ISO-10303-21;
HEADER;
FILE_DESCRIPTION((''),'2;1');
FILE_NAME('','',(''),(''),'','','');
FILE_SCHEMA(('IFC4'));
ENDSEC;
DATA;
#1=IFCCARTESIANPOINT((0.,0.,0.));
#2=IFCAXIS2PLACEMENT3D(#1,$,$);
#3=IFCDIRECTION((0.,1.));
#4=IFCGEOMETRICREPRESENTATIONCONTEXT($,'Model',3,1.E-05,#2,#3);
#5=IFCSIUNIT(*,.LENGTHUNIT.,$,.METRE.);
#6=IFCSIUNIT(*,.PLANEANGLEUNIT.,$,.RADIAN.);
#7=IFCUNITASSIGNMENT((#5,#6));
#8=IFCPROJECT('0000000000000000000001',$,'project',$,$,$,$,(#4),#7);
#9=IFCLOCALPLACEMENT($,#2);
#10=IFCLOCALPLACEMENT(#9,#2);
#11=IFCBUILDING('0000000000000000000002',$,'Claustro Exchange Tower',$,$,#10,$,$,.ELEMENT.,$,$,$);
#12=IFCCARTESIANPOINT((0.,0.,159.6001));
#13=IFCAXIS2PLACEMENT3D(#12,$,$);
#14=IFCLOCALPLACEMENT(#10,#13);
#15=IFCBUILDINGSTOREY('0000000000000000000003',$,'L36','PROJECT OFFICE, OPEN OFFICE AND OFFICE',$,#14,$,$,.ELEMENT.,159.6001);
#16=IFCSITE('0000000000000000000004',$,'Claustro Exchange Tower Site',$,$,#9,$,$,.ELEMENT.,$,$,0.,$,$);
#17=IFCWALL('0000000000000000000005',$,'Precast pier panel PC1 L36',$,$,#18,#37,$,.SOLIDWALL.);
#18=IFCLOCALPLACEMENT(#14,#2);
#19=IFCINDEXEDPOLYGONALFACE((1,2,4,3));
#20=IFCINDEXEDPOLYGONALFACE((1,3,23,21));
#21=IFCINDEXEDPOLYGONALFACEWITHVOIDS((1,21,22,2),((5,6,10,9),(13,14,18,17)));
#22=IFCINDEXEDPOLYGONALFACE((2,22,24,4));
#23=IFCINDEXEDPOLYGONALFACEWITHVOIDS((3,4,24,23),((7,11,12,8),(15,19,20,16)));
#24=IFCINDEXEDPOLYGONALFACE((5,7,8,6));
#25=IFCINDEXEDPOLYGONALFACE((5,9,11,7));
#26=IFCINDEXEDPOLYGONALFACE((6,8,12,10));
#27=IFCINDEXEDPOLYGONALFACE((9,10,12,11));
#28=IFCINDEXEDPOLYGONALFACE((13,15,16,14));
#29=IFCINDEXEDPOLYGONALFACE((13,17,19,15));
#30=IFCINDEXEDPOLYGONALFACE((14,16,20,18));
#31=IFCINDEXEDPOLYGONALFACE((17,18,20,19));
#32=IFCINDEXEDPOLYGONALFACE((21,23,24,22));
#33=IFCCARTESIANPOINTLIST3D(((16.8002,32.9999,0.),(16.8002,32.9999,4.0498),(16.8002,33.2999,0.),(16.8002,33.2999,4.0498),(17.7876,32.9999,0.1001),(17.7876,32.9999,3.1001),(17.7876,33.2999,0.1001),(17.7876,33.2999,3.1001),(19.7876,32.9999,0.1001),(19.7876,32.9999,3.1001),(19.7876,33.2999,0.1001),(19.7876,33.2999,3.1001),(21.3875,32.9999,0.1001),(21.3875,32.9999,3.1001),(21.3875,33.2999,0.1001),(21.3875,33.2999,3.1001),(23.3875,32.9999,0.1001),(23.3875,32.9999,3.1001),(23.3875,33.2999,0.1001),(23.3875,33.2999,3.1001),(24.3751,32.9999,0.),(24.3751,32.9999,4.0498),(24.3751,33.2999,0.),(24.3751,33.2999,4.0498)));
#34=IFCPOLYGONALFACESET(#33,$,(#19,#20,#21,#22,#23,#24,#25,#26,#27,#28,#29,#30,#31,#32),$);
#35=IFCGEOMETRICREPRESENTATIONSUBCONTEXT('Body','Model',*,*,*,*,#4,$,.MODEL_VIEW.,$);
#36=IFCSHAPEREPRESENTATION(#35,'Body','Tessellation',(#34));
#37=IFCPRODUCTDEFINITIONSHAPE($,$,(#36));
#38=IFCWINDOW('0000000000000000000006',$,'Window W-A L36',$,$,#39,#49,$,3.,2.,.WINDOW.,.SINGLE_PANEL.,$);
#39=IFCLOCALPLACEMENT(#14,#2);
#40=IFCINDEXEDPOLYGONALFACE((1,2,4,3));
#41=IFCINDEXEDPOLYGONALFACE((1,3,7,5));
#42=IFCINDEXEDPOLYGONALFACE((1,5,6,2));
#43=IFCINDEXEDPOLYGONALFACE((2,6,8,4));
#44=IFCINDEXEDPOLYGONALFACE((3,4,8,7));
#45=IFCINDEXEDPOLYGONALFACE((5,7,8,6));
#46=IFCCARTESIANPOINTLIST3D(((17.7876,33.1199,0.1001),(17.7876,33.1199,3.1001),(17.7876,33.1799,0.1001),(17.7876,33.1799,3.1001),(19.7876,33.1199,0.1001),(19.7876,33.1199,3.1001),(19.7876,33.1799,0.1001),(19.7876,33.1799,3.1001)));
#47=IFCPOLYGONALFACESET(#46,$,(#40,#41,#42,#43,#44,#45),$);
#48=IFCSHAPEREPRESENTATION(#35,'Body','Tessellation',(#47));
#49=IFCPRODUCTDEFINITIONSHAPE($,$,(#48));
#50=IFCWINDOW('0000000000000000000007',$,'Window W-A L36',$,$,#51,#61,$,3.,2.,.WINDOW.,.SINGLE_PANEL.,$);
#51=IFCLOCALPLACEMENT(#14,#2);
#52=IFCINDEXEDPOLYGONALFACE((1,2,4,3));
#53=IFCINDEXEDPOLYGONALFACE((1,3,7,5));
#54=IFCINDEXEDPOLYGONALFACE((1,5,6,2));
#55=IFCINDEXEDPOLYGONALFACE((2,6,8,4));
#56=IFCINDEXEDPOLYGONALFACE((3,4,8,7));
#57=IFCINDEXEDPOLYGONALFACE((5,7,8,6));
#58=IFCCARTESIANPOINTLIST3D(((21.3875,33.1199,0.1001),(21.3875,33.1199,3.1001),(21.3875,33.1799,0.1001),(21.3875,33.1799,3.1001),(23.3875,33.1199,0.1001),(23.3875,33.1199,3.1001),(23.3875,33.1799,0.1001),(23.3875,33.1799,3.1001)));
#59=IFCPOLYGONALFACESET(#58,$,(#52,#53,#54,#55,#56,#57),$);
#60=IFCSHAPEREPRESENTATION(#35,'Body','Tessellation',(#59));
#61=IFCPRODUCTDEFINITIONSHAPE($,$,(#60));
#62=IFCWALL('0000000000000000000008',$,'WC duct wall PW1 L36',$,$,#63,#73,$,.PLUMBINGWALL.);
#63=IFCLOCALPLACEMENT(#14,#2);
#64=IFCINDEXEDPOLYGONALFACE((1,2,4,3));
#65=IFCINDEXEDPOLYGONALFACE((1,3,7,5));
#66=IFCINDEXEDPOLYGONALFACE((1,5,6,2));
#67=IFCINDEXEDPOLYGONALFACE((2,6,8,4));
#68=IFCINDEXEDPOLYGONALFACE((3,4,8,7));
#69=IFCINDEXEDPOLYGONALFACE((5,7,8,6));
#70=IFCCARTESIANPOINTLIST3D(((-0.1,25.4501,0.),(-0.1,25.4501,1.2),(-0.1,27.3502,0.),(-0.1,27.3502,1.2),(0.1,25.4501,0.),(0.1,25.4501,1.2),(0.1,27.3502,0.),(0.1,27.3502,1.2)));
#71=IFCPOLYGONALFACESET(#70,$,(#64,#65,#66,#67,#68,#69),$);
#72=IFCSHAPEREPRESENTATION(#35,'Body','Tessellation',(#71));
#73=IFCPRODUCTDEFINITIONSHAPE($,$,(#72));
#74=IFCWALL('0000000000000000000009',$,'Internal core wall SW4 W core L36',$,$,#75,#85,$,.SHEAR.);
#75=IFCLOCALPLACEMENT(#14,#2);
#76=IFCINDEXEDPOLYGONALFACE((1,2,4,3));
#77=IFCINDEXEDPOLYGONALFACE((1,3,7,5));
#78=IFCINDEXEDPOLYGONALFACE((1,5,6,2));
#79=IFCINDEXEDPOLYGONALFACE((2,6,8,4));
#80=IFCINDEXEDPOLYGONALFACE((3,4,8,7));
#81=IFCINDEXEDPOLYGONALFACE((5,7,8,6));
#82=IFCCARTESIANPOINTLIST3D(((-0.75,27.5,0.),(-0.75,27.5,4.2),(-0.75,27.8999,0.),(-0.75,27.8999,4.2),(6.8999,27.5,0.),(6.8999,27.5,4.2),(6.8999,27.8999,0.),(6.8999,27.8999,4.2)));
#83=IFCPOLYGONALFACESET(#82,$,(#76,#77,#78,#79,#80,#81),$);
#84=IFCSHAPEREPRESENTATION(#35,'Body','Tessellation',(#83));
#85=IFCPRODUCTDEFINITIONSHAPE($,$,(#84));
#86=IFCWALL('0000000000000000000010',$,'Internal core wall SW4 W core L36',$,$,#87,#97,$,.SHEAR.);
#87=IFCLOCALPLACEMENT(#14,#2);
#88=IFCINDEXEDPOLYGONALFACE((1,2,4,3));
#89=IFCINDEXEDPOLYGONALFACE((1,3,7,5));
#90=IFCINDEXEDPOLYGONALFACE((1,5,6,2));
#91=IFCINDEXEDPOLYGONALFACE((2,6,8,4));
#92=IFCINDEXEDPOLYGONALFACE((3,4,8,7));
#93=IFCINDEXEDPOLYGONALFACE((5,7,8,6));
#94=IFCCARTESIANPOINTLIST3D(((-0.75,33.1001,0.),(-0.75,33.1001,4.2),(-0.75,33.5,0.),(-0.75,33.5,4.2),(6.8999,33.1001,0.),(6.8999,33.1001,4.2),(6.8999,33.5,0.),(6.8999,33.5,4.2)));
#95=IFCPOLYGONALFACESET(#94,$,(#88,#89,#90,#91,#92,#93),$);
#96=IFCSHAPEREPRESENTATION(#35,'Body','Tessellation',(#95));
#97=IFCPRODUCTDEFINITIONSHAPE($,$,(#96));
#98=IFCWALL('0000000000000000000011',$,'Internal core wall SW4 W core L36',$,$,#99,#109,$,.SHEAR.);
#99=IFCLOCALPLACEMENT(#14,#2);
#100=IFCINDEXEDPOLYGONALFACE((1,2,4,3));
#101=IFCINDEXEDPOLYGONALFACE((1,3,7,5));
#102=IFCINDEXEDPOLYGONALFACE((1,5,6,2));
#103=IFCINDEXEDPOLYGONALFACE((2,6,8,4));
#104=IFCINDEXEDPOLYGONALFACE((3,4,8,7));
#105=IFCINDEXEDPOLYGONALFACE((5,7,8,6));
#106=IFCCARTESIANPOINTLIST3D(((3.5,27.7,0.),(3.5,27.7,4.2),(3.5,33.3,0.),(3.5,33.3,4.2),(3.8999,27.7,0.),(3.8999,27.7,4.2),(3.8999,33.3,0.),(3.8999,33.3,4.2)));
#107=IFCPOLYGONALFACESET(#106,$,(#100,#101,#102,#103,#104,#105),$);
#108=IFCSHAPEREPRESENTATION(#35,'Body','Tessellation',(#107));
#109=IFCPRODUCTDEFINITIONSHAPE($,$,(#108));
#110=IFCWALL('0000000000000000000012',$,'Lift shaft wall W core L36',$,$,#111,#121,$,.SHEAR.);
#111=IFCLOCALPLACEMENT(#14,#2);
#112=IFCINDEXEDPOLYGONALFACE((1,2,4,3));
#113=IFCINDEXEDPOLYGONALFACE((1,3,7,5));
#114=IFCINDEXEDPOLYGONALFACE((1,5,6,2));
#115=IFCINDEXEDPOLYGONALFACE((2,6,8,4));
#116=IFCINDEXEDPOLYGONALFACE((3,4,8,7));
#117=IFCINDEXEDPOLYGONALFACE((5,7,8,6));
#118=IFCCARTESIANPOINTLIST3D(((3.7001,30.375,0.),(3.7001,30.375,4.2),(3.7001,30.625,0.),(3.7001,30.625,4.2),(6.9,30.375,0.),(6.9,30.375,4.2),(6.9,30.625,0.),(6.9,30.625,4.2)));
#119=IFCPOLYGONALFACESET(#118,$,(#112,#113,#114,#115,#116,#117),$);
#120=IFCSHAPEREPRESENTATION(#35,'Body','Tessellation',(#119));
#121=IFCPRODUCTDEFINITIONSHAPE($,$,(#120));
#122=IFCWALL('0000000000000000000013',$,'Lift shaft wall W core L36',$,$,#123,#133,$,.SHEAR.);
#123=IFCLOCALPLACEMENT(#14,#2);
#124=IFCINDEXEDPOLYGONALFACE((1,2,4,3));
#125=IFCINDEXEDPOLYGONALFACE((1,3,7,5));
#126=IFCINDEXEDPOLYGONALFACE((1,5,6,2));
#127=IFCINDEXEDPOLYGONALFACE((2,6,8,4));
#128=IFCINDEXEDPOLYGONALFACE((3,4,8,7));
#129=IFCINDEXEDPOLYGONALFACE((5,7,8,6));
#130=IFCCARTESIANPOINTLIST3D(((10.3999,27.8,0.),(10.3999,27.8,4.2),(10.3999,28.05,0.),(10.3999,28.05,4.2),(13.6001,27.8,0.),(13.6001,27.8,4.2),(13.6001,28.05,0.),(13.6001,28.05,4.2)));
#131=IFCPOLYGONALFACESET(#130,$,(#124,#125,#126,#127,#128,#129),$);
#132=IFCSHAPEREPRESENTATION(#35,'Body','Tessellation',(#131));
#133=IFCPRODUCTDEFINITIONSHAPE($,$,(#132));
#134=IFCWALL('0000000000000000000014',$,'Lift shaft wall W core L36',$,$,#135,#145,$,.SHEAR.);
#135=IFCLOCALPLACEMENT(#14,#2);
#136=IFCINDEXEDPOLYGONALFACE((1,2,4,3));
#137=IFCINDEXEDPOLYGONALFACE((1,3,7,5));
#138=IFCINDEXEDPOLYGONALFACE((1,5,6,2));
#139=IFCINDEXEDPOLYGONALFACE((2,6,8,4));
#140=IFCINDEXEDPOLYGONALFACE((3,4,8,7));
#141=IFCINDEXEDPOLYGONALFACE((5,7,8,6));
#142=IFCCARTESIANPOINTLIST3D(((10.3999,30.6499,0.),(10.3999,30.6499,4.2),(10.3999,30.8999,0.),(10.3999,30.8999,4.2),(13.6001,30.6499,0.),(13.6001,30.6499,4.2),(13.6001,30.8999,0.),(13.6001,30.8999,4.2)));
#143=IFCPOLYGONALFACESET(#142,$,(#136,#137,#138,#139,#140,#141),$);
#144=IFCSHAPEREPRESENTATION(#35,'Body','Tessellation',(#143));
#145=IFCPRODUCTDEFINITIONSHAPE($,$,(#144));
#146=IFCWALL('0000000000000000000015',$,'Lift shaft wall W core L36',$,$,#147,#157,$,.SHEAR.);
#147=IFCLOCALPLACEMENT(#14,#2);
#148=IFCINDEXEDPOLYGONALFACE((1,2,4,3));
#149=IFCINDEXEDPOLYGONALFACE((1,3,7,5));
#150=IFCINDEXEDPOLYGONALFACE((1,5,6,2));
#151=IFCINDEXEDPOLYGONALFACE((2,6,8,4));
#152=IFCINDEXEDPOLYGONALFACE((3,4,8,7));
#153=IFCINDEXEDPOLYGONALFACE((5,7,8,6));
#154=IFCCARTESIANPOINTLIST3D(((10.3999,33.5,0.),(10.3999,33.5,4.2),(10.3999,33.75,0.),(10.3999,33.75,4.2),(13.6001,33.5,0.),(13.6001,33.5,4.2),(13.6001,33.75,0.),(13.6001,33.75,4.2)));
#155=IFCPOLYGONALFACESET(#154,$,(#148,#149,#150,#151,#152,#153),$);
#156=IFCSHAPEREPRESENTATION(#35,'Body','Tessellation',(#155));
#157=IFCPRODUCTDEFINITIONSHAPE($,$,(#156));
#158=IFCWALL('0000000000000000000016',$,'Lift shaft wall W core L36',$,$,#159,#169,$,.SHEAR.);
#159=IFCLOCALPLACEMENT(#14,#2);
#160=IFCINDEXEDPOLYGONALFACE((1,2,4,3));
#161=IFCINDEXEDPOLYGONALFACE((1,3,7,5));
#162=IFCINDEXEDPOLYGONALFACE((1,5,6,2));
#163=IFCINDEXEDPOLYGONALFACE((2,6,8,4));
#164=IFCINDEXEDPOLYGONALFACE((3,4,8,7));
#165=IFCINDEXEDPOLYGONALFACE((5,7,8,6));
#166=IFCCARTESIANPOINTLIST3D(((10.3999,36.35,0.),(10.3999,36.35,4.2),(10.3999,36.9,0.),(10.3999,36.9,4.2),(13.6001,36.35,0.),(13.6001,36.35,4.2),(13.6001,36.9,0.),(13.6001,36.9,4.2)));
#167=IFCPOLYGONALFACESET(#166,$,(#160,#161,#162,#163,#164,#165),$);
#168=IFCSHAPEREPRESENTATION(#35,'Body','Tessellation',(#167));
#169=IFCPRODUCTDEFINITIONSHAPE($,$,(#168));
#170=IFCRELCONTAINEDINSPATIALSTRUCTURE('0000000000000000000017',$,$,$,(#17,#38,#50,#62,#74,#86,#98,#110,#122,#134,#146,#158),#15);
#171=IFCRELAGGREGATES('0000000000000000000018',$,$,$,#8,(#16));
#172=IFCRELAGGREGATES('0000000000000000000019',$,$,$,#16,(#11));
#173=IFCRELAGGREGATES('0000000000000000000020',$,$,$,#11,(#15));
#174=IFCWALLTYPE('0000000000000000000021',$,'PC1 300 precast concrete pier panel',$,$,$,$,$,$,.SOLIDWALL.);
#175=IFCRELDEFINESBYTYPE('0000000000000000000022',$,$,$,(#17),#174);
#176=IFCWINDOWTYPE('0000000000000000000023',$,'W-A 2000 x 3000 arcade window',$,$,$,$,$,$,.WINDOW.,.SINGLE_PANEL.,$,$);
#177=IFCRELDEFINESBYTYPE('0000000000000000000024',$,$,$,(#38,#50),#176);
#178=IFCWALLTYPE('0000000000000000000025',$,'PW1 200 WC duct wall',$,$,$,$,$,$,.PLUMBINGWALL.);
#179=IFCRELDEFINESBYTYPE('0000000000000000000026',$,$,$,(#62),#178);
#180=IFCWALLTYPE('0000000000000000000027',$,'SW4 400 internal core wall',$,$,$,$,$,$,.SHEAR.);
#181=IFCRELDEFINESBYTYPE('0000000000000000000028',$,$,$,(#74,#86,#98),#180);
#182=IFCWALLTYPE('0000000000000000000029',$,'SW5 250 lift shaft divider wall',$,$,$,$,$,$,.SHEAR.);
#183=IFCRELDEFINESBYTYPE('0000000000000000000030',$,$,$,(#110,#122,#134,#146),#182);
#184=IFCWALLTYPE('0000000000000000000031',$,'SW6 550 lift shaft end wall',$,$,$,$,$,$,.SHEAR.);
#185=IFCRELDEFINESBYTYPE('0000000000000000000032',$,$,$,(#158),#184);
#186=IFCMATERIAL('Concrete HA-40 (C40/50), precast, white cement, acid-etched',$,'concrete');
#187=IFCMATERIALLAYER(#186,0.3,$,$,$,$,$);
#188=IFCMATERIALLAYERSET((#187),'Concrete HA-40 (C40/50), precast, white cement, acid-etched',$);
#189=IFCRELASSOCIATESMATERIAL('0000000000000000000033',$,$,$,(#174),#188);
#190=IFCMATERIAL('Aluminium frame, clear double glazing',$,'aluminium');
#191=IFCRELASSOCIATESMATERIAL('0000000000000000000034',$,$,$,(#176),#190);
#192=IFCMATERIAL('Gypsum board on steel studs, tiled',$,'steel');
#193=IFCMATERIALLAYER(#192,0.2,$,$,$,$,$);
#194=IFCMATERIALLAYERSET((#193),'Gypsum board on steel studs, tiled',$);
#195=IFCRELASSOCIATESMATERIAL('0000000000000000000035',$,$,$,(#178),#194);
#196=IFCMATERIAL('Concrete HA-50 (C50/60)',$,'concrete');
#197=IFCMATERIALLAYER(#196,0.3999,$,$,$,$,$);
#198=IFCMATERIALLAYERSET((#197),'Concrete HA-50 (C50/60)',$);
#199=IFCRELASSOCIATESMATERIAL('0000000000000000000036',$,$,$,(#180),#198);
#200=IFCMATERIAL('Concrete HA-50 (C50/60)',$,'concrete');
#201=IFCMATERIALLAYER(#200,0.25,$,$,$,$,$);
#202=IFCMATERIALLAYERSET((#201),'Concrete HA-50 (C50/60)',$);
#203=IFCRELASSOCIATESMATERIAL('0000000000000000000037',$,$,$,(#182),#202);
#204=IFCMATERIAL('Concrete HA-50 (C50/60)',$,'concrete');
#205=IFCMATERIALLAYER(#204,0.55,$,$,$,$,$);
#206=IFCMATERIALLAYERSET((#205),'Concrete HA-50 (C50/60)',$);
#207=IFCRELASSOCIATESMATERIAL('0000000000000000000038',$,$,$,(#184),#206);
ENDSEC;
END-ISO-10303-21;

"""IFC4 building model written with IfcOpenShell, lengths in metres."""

from ifc_helpers import new_model, si_unit, direction, frame, frame_2d, origin, place, context, subcontext, project, spatial, rectangle, extrude, material, layer, layer_set, type_object, element, fill, save


model = new_model("IFC4")

# Units and contexts
model_context = context("Model", 3, precision=1e-05, world=origin(), true_north=direction((0.0, 1.0)))
body_context = subcontext(model_context, "Body", "Model", "MODEL_VIEW")
ifc_project = project(units=[si_unit("LENGTHUNIT", "METRE"), si_unit("PLANEANGLEUNIT", "RADIAN")], contexts=[model_context])

# Site, building, storey
site_placement = place(None, origin())
site = spatial("IfcSite", under=ifc_project, at=site_placement, Name="Claustro Exchange Tower Site", CompositionType="ELEMENT", RefElevation=0.0)
building_placement = place(site_placement, origin())
building = spatial("IfcBuilding", under=site, at=building_placement, Name="Claustro Exchange Tower", CompositionType="ELEMENT")
storey_placement = place(building_placement, frame((0.0, 0.0, 159.6001)))
storey = spatial("IfcBuildingStorey", under=building, at=storey_placement, Name="L36", Description="PROJECT OFFICE, OPEN OFFICE AND OFFICE", CompositionType="ELEMENT", Elevation=159.6001)

# Wall, openings, windows
ifc_material_1 = material(Name="Concrete HA-40 (C40/50), precast, white cement, acid-etched", Category="concrete")
ifc_layer_1 = layer(ifc_material_1, 0.3)
ifc_layer_set_1 = layer_set([ifc_layer_1], Name="Concrete HA-40 (C40/50), precast, white cement, acid-etched")
wall_type_1 = type_object("IfcWallType", Name="PC1 300 precast concrete pier panel", PredefinedType="SOLIDWALL", material=ifc_layer_set_1)
wall_1_placement = place(storey_placement, frame((16.8, 33.1499, 0.0), z_axis=(0.0, 0.0, 1.0), x_axis=(1.0, 0.0, 0.0)))
wall_1 = element("IfcWall", 1, at=wall_1_placement, inside=storey, type_object=wall_type_1, Name="Precast pier panel PC1 L36", PredefinedType="SOLIDWALL", context=body_context, shape_type="SweptSolid", body=[
    extrude(rectangle(XDim=7.575, YDim=0.3, at=frame_2d((3.7876, 0.0))), origin(), (0.0, 0.0, 1.0), 4.0498),
])
opening_1_placement = place(wall_1_placement, frame((0.9875, 0.0, 0.1001)))
opening_1 = element("IfcOpeningElement", 2, at=opening_1_placement, cuts=wall_1, PredefinedType="OPENING", context=body_context, shape_type="SweptSolid", body=[
    extrude(rectangle(XDim=2.0, YDim=3.0, at=frame_2d((1.0, 1.5))), frame((0.0, 0.1599, 0.0), z_axis=(0.0, -1.0, 0.0), x_axis=(1.0, 0.0, 0.0)), (0.0, 0.0, 1.0), 0.3201),
])
opening_2_placement = place(wall_1_placement, frame((4.5874, 0.0, 0.1001)))
opening_2 = element("IfcOpeningElement", 3, at=opening_2_placement, cuts=wall_1, PredefinedType="OPENING", context=body_context, shape_type="SweptSolid", body=[
    extrude(rectangle(XDim=2.0, YDim=3.0, at=frame_2d((1.0, 1.5))), frame((0.0, 0.1599, 0.0), z_axis=(0.0, -1.0, 0.0), x_axis=(1.0, 0.0, 0.0)), (0.0, 0.0, 1.0), 0.3201),
])
ifc_material_2 = material(Name="Aluminium frame, clear double glazing", Category="aluminium")
window_type = type_object("IfcWindowType", Name="W-A 2000 x 3000 arcade window", PartitioningType="SINGLE_PANEL", PredefinedType="WINDOW", material=ifc_material_2)
window_1_placement = place(opening_1_placement, origin())
window_1 = element("IfcWindow", 4, at=window_1_placement, inside=storey, type_object=window_type, Name="Window W-A L36", OverallHeight=3.0, OverallWidth=2.0, PartitioningType="SINGLE_PANEL", PredefinedType="WINDOW", context=body_context, shape_type="SweptSolid", body=[
    extrude(rectangle(XDim=2.0, YDim=3.0, at=frame_2d((1.0, 1.5))), frame((0.0, 0.03, 0.0), z_axis=(0.0, -1.0, 0.0), x_axis=(1.0, 0.0, 0.0)), (0.0, 0.0, 1.0), 0.0601),
])
fill(opening_1, window_1)
window_2_placement = place(opening_2_placement, origin())
window_2 = element("IfcWindow", 5, at=window_2_placement, inside=storey, type_object=window_type, Name="Window W-A L36", OverallHeight=3.0, OverallWidth=2.0, PartitioningType="SINGLE_PANEL", PredefinedType="WINDOW", context=body_context, shape_type="SweptSolid", body=[
    extrude(rectangle(XDim=2.0, YDim=3.0, at=frame_2d((1.0, 1.5))), frame((0.0, 0.03, 0.0), z_axis=(0.0, -1.0, 0.0), x_axis=(1.0, 0.0, 0.0)), (0.0, 0.0, 1.0), 0.0601),
])
fill(opening_2, window_2)

# Wall
ifc_material_3 = material(Name="Gypsum board on steel studs, tiled", Category="steel")
ifc_layer_2 = layer(ifc_material_3, 0.2)
ifc_layer_set_2 = layer_set([ifc_layer_2], Name="Gypsum board on steel studs, tiled")
wall_type_2 = type_object("IfcWallType", Name="PW1 200 WC duct wall", PredefinedType="PLUMBINGWALL", material=ifc_layer_set_2)
wall_2_placement = place(storey_placement, frame((0.0, 25.45, 0.0), z_axis=(0.0, 0.0, 1.0), x_axis=(0.0, 1.0, 0.0)))
element("IfcWall", 6, at=wall_2_placement, inside=storey, type_object=wall_type_2, Name="WC duct wall PW1 L36", PredefinedType="PLUMBINGWALL", context=body_context, shape_type="SweptSolid", body=[
    extrude(rectangle(XDim=1.9001, YDim=0.2, at=frame_2d((0.9502, 0.0))), origin(), (0.0, 0.0, 1.0), 1.2),
])

# Walls
ifc_material_4 = material(Name="Concrete HA-50 (C50/60)", Category="concrete")
ifc_layer_3 = layer(ifc_material_4, 0.3999)
ifc_layer_set_3 = layer_set([ifc_layer_3], Name="Concrete HA-50 (C50/60)")
wall_type_3 = type_object("IfcWallType", Name="SW4 400 internal core wall", PredefinedType="SHEAR", material=ifc_layer_set_3)
for number, where, z_axis, x_axis, name in (
    (7, (-0.75, 27.7, 0.0), (0.0, 0.0, 1.0), (1.0, 0.0, 0.0), "Internal core wall SW4 W core L36"),
    (8, (-0.75, 33.3, 0.0), (0.0, 0.0, 1.0), (1.0, 0.0, 0.0), "Internal core wall SW4 W core L36"),
):
    element("IfcWall", number, at=place(storey_placement, frame(where, z_axis=z_axis, x_axis=x_axis)), inside=storey, type_object=wall_type_3, Name=name, PredefinedType="SHEAR", context=body_context, shape_type="SweptSolid", body=[
        extrude(rectangle(XDim=7.6499, YDim=0.3999, at=frame_2d((3.825, 0.0))), origin(), (0.0, 0.0, 1.0), 4.2),
    ])
wall_3_placement = place(storey_placement, frame((3.7, 27.7, 0.0), z_axis=(0.0, 0.0, 1.0), x_axis=(0.0, 1.0, 0.0)))
element("IfcWall", 9, at=wall_3_placement, inside=storey, type_object=wall_type_3, Name="Internal core wall SW4 W core L36", PredefinedType="SHEAR", context=body_context, shape_type="SweptSolid", body=[
    extrude(rectangle(XDim=5.6001, YDim=0.3999, at=frame_2d((2.8, 0.0))), origin(), (0.0, 0.0, 1.0), 4.2),
])
ifc_material_5 = material(Name="Concrete HA-50 (C50/60)", Category="concrete")
ifc_layer_4 = layer(ifc_material_5, 0.25)
ifc_layer_set_4 = layer_set([ifc_layer_4], Name="Concrete HA-50 (C50/60)")
wall_type_4 = type_object("IfcWallType", Name="SW5 250 lift shaft divider wall", PredefinedType="SHEAR", material=ifc_layer_set_4)
wall_4_placement = place(storey_placement, frame((3.7, 30.5, 0.0), z_axis=(0.0, 0.0, 1.0), x_axis=(1.0, 0.0, 0.0)))
element("IfcWall", 10, at=wall_4_placement, inside=storey, type_object=wall_type_4, Name="Lift shaft wall W core L36", PredefinedType="SHEAR", context=body_context, shape_type="SweptSolid", body=[
    extrude(rectangle(XDim=3.2, YDim=0.25, at=frame_2d((1.6001, 0.0))), origin(), (0.0, 0.0, 1.0), 4.2),
])
for number, where, z_axis, x_axis, name in (
    (11, (10.3999, 27.925, 0.0), (0.0, 0.0, 1.0), (1.0, 0.0, 0.0), "Lift shaft wall W core L36"),
    (12, (10.3999, 30.7749, 0.0), (0.0, 0.0, 1.0), (1.0, 0.0, 0.0), "Lift shaft wall W core L36"),
    (13, (10.3999, 33.625, 0.0), (0.0, 0.0, 1.0), (1.0, 0.0, 0.0), "Lift shaft wall W core L36"),
):
    element("IfcWall", number, at=place(storey_placement, frame(where, z_axis=z_axis, x_axis=x_axis)), inside=storey, type_object=wall_type_4, Name=name, PredefinedType="SHEAR", context=body_context, shape_type="SweptSolid", body=[
        extrude(rectangle(XDim=3.2002, YDim=0.25, at=frame_2d((1.6001, 0.0))), origin(), (0.0, 0.0, 1.0), 4.2),
    ])
ifc_material_6 = material(Name="Concrete HA-50 (C50/60)", Category="concrete")
ifc_layer_5 = layer(ifc_material_6, 0.55)
ifc_layer_set_5 = layer_set([ifc_layer_5], Name="Concrete HA-50 (C50/60)")
wall_type_5 = type_object("IfcWallType", Name="SW6 550 lift shaft end wall", PredefinedType="SHEAR", material=ifc_layer_set_5)
wall_5_placement = place(storey_placement, frame((10.3999, 36.625, 0.0), z_axis=(0.0, 0.0, 1.0), x_axis=(1.0, 0.0, 0.0)))
element("IfcWall", 14, at=wall_5_placement, inside=storey, type_object=wall_type_5, Name="Lift shaft wall W core L36", PredefinedType="SHEAR", context=body_context, shape_type="SweptSolid", body=[
    extrude(rectangle(XDim=3.2002, YDim=0.55, at=frame_2d((1.6001, 0.0))), origin(), (0.0, 0.0, 1.0), 4.2),
])

save(model, "model.ifc")
